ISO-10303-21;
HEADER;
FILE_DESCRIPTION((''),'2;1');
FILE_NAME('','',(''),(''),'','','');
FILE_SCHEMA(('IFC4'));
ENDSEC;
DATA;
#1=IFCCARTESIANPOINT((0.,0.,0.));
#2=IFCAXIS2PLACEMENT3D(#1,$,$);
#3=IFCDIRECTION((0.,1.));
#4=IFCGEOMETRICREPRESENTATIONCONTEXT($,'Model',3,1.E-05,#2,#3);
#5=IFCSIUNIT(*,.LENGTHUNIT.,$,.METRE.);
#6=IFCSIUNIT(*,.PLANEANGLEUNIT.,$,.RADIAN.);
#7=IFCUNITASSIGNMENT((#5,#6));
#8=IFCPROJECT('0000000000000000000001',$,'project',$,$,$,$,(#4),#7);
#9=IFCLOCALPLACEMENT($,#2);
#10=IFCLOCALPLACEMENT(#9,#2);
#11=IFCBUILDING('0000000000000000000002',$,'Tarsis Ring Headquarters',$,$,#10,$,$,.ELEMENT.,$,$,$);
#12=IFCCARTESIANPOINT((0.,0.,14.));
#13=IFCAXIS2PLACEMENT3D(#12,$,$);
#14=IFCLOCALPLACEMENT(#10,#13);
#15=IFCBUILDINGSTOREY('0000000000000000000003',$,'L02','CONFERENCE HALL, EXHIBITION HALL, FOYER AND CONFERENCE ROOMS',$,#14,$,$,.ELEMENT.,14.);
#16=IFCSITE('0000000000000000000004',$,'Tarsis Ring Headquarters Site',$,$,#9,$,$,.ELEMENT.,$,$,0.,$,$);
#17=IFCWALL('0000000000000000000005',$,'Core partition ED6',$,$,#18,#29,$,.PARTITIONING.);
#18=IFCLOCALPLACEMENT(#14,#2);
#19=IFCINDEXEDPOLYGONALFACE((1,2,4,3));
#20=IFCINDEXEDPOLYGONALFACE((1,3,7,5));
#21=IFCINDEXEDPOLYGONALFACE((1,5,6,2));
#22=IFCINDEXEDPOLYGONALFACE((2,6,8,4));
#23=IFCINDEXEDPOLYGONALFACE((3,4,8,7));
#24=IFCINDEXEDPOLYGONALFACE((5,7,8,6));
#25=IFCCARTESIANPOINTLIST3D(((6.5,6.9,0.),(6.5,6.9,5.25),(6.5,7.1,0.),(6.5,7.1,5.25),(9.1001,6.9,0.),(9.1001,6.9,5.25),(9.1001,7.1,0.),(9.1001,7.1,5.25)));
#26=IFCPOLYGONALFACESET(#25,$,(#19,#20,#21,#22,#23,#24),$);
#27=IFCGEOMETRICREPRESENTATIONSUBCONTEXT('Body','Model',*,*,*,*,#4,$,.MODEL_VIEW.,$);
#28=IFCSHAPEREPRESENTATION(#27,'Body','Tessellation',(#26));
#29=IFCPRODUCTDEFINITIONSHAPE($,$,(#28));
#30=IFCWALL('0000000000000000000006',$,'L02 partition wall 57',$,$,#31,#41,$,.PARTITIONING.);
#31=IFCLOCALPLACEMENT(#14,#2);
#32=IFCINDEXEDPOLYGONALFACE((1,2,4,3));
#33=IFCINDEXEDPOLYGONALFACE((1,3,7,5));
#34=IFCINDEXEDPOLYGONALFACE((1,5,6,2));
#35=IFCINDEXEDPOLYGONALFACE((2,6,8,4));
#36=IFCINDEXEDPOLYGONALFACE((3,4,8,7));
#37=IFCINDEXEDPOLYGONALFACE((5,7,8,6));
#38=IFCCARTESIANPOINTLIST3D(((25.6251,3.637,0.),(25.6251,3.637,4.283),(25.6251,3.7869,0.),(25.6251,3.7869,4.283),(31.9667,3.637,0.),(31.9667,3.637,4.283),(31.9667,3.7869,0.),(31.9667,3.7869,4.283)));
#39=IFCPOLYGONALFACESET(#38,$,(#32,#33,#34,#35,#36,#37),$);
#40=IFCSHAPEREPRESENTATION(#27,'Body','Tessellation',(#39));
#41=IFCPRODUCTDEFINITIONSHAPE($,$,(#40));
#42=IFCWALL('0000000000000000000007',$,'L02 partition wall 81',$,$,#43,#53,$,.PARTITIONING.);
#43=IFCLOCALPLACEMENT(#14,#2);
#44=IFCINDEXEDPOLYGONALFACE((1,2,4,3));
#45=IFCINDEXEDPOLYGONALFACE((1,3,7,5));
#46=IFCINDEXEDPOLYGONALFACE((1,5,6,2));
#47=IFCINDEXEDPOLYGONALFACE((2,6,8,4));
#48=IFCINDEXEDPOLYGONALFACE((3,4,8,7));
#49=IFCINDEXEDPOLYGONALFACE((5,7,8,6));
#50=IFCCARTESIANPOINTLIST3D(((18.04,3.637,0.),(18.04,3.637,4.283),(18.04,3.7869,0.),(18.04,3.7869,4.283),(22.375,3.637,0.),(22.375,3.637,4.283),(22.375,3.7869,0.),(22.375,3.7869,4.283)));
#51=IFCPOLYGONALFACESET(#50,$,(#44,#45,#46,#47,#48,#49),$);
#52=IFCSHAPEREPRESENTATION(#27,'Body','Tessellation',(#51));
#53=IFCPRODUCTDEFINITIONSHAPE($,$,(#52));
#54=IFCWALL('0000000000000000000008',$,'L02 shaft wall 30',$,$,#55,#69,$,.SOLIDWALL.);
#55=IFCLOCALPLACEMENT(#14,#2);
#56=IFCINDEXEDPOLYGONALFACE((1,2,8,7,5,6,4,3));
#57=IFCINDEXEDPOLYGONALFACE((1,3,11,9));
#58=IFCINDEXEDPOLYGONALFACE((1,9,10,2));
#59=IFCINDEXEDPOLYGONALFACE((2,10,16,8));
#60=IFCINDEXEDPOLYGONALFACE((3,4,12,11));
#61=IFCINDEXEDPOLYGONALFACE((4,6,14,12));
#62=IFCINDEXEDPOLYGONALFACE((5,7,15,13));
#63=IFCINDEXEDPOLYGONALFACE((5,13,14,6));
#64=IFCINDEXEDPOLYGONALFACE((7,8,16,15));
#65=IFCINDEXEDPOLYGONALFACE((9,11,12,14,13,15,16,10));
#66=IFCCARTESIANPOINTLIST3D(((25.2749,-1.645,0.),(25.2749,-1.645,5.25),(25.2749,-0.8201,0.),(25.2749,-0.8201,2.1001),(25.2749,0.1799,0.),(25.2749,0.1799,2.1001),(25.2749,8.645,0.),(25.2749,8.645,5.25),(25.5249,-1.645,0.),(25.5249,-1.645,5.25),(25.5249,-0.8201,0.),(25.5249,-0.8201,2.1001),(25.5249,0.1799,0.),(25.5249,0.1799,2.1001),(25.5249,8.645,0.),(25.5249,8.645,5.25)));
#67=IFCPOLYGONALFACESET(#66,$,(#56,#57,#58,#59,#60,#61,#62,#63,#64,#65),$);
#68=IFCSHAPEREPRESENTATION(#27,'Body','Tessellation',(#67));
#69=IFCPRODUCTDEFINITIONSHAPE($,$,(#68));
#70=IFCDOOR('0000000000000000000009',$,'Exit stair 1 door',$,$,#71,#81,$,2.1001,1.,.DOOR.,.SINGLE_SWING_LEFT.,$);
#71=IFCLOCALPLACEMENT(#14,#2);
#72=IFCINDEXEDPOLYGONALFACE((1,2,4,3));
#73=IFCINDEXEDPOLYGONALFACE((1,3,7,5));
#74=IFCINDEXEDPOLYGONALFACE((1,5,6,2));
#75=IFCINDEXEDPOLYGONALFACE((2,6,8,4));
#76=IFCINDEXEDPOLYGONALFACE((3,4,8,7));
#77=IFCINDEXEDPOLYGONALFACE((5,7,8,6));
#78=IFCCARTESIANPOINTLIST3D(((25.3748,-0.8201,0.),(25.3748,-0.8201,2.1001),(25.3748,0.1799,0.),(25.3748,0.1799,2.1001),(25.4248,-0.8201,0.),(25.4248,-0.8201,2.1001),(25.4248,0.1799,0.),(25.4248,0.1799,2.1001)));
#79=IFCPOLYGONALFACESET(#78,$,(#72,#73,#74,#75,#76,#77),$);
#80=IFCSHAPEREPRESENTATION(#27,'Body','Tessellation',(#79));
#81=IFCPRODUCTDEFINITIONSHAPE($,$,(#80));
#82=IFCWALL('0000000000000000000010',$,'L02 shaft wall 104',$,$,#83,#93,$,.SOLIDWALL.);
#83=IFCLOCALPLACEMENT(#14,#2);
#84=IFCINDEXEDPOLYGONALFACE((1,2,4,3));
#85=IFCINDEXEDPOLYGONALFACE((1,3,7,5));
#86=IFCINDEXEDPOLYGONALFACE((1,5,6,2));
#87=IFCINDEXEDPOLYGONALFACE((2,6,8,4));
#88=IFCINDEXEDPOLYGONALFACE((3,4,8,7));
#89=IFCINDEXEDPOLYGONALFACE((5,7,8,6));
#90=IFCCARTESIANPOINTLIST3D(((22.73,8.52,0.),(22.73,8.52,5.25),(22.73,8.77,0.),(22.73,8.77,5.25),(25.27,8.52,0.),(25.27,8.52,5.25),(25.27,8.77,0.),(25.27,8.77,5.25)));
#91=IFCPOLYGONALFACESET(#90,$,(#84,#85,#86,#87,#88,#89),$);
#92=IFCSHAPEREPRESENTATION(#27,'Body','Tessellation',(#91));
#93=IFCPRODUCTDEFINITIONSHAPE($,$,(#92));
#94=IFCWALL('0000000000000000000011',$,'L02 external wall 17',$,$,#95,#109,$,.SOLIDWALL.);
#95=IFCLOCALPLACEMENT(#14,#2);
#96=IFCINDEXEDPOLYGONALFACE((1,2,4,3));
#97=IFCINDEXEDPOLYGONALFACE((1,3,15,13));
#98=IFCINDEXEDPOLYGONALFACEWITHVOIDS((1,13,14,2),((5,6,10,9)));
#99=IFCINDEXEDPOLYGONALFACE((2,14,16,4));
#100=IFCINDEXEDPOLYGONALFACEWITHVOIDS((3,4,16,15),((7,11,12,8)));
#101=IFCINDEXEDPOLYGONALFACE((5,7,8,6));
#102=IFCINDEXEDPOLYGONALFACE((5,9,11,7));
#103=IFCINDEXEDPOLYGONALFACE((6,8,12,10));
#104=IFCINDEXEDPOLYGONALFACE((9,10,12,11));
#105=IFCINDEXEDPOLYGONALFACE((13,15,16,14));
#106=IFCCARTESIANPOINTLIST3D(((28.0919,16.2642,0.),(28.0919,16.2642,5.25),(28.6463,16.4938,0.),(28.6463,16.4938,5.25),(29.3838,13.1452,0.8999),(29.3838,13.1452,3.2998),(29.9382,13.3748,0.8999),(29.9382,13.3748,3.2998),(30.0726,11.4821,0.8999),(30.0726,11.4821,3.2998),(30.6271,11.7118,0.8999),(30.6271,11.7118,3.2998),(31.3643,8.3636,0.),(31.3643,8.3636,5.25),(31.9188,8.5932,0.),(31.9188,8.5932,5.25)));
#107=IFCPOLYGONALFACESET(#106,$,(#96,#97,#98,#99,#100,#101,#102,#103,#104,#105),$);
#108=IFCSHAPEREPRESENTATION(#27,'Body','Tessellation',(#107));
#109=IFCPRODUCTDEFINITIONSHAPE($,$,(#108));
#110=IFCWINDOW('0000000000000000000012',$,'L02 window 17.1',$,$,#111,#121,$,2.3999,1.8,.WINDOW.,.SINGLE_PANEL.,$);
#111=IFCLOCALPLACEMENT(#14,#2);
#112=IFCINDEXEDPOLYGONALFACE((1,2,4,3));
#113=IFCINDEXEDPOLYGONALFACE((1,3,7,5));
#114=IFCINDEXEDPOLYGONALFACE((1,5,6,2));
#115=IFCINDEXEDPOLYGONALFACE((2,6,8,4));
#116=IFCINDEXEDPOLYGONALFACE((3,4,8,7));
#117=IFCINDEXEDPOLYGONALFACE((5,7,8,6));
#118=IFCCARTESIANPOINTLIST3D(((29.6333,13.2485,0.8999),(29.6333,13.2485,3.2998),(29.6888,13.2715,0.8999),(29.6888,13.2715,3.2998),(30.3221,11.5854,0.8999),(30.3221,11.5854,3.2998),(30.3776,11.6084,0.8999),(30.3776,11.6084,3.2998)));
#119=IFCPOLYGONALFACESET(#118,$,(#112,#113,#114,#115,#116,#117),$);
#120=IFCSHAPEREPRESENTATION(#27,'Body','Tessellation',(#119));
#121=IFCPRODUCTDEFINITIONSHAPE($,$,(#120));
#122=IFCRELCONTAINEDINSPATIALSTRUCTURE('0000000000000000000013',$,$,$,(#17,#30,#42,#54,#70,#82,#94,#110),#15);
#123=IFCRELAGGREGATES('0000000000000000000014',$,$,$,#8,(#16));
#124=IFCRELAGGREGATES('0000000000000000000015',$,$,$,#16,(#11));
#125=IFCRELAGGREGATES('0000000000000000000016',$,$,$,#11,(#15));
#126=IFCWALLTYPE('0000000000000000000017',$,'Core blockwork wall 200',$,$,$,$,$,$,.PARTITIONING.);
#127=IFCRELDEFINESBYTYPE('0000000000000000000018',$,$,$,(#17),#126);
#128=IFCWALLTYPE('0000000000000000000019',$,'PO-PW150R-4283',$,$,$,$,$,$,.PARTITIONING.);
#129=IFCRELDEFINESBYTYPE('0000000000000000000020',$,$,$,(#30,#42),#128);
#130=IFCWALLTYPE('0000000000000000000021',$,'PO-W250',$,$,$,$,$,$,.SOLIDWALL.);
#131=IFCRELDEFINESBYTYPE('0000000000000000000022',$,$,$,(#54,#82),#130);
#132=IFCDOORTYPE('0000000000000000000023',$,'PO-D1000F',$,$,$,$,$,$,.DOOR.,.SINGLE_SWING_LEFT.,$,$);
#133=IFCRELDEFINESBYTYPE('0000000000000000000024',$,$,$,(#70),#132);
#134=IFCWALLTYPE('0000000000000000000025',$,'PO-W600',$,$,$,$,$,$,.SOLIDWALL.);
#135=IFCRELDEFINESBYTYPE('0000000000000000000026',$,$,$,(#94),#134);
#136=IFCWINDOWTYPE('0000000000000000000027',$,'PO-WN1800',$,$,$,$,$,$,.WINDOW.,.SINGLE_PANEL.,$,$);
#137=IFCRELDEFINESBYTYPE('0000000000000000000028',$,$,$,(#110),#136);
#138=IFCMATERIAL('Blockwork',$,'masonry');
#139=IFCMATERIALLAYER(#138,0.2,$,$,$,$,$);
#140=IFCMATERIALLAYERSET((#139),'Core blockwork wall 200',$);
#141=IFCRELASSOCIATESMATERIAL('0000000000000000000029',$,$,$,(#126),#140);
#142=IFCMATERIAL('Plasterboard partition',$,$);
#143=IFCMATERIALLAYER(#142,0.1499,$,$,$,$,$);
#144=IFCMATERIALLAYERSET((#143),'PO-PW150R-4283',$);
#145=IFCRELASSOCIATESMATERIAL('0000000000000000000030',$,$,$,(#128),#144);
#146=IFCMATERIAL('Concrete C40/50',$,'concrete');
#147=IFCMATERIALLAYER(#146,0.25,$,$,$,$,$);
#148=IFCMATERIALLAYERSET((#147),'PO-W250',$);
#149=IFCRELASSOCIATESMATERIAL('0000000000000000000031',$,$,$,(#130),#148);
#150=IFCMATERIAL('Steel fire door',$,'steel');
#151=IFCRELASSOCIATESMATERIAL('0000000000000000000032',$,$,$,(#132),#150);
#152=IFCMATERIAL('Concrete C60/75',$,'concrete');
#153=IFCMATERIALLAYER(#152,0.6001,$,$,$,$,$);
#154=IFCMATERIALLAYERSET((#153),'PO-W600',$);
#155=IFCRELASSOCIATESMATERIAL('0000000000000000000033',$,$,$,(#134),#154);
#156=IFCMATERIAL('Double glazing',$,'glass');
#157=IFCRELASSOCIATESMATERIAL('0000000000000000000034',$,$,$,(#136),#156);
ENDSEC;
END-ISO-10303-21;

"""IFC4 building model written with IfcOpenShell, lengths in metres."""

from ifc_helpers import new_model, si_unit, direction, frame, frame_2d, origin, place, context, subcontext, project, spatial, rectangle, extrude, material, layer, layer_set, type_object, element, fill, save


model = new_model("IFC4")

# Units and contexts
model_context = context("Model", 3, precision=1e-05, world=origin(), true_north=direction((0.0, 1.0)))
body_context = subcontext(model_context, "Body", "Model", "MODEL_VIEW")
ifc_project = project(units=[si_unit("LENGTHUNIT", "METRE"), si_unit("PLANEANGLEUNIT", "RADIAN")], contexts=[model_context])

# Site, building, storey
site_placement = place(None, origin())
site = spatial("IfcSite", under=ifc_project, at=site_placement, Name="Tarsis Ring Headquarters Site", CompositionType="ELEMENT", RefElevation=0.0)
building_placement = place(site_placement, origin())
building = spatial("IfcBuilding", under=site, at=building_placement, Name="Tarsis Ring Headquarters", CompositionType="ELEMENT")
storey_placement = place(building_placement, frame((0.0, 0.0, 14.0)))
storey = spatial("IfcBuildingStorey", under=building, at=storey_placement, Name="L02", Description="CONFERENCE HALL, EXHIBITION HALL, FOYER AND CONFERENCE ROOMS", CompositionType="ELEMENT", Elevation=14.0)

# Shared definitions
ifc_material_1 = material(Name="Concrete C60/75", Category="concrete")

# Shared definitions
ifc_material_2 = material(Name="Concrete C40/50", Category="concrete")

# Walls
ifc_material_3 = material(Name="Blockwork", Category="masonry")
ifc_layer_1 = layer(ifc_material_3, 0.2)
ifc_layer_set_1 = layer_set([ifc_layer_1], Name="Core blockwork wall 200")
wall_type_1 = type_object("IfcWallType", Name="Core blockwork wall 200", PredefinedType="PARTITIONING", material=ifc_layer_set_1)
wall_1_placement = place(storey_placement, frame((6.5, 7.0, 0.0), z_axis=(0.0, 0.0, 1.0), x_axis=(1.0, 0.0, 0.0)))
element("IfcWall", 1, at=wall_1_placement, inside=storey, type_object=wall_type_1, Name="Core partition ED6", PredefinedType="PARTITIONING", context=body_context, shape_type="SweptSolid", body=[
    extrude(rectangle(XDim=2.6001, YDim=0.2, at=frame_2d((1.3, 0.0))), origin(), (0.0, 0.0, 1.0), 5.25),
])
ifc_material_4 = material(Name="Plasterboard partition")
ifc_layer_2 = layer(ifc_material_4, 0.1499)
ifc_layer_set_2 = layer_set([ifc_layer_2], Name="PO-PW150R-4283")
wall_type_2 = type_object("IfcWallType", Name="PO-PW150R-4283", PredefinedType="PARTITIONING", material=ifc_layer_set_2)
wall_2_placement = place(storey_placement, frame((25.625, 3.7119, 0.0), z_axis=(0.0, 0.0, 1.0), x_axis=(1.0, 0.0, 0.0)))
element("IfcWall", 2, at=wall_2_placement, inside=storey, type_object=wall_type_2, Name="L02 partition wall 57", PredefinedType="PARTITIONING", context=body_context, shape_type="SweptSolid", body=[
    extrude(rectangle(XDim=6.3416, YDim=0.1499, at=frame_2d((3.1709, 0.0))), origin(), (0.0, 0.0, 1.0), 4.283),
])
wall_3_placement = place(storey_placement, frame((18.04, 3.7119, 0.0), z_axis=(0.0, 0.0, 1.0), x_axis=(1.0, 0.0, 0.0)))
element("IfcWall", 3, at=wall_3_placement, inside=storey, type_object=wall_type_2, Name="L02 partition wall 81", PredefinedType="PARTITIONING", context=body_context, shape_type="SweptSolid", body=[
    extrude(rectangle(XDim=4.335, YDim=0.1499, at=frame_2d((2.1675, 0.0))), origin(), (0.0, 0.0, 1.0), 4.283),
])

# Wall, opening, door
ifc_layer_3 = layer(ifc_material_2, 0.25)
ifc_layer_set_3 = layer_set([ifc_layer_3], Name="PO-W250")
wall_type_3 = type_object("IfcWallType", Name="PO-W250", PredefinedType="SOLIDWALL", material=ifc_layer_set_3)
wall_4_placement = place(storey_placement, frame((25.3999, 8.645, 0.0), z_axis=(0.0, 0.0, 1.0), x_axis=(0.0, -1.0, 0.0)))
wall_4 = element("IfcWall", 4, at=wall_4_placement, inside=storey, type_object=wall_type_3, Name="L02 shaft wall 30", PredefinedType="SOLIDWALL", context=body_context, shape_type="SweptSolid", body=[
    extrude(rectangle(XDim=10.29, YDim=0.25, at=frame_2d((5.145, 0.0))), origin(), (0.0, 0.0, 1.0), 5.25),
])
opening_1_placement = place(wall_4_placement, frame((8.4651, 0.0, 0.0)))
opening_1 = element("IfcOpeningElement", 5, at=opening_1_placement, cuts=wall_4, PredefinedType="OPENING", context=body_context, shape_type="SweptSolid", body=[
    extrude(rectangle(XDim=1.0, YDim=2.1001, at=frame_2d((0.5, 1.05))), frame((0.0, 0.135, 0.0), z_axis=(0.0, -1.0, 0.0), x_axis=(1.0, 0.0, 0.0)), (0.0, 0.0, 1.0), 0.27),
])
ifc_material_5 = material(Name="Steel fire door", Category="steel")
door_type = type_object("IfcDoorType", Name="PO-D1000F", OperationType="SINGLE_SWING_LEFT", PredefinedType="DOOR", material=ifc_material_5)
door_placement = place(opening_1_placement, origin())
door = element("IfcDoor", 6, at=door_placement, inside=storey, type_object=door_type, Name="Exit stair 1 door", OperationType="SINGLE_SWING_LEFT", OverallHeight=2.1001, OverallWidth=1.0, PredefinedType="DOOR", context=body_context, shape_type="SweptSolid", body=[
    extrude(rectangle(XDim=1.0, YDim=2.1001, at=frame_2d((0.5, 1.05))), frame((0.0, 0.0249, 0.0), z_axis=(0.0, -1.0, 0.0), x_axis=(1.0, 0.0, 0.0)), (0.0, 0.0, 1.0), 0.05),
])
fill(opening_1, door)

# Wall
wall_5_placement = place(storey_placement, frame((22.73, 8.645, 0.0), z_axis=(0.0, 0.0, 1.0), x_axis=(1.0, 0.0, 0.0)))
element("IfcWall", 7, at=wall_5_placement, inside=storey, type_object=wall_type_3, Name="L02 shaft wall 104", PredefinedType="SOLIDWALL", context=body_context, shape_type="SweptSolid", body=[
    extrude(rectangle(XDim=2.54, YDim=0.25, at=frame_2d((1.27, 0.0))), origin(), (0.0, 0.0, 1.0), 5.25),
])

# Wall, opening, window
ifc_layer_4 = layer(ifc_material_1, 0.6001)
ifc_layer_set_4 = layer_set([ifc_layer_4], Name="PO-W600")
wall_type_4 = type_object("IfcWallType", Name="PO-W600", PredefinedType="SOLIDWALL", material=ifc_layer_set_4)
wall_6_placement = place(storey_placement, frame((31.6416, 8.4783, 0.0), z_axis=(0.0, 0.0, 1.0), x_axis=(-0.382675, 0.923883, 0.0)))
wall_6 = element("IfcWall", 8, at=wall_6_placement, inside=storey, type_object=wall_type_4, Name="L02 external wall 17", PredefinedType="SOLIDWALL", context=body_context, shape_type="SweptSolid", body=[
    extrude(rectangle(XDim=8.5515, YDim=0.6001, at=frame_2d((4.2759, 0.0))), origin(), (0.0, 0.0, 1.0), 5.25),
])
opening_2_placement = place(wall_6_placement, frame((3.3757, 0.0, 0.8999)))
opening_2 = element("IfcOpeningElement", 9, at=opening_2_placement, cuts=wall_6, PredefinedType="OPENING", context=body_context, shape_type="SweptSolid", body=[
    extrude(rectangle(XDim=1.8, YDim=2.3999, at=frame_2d((0.8999, 1.2))), frame((0.0, 0.3101, 0.0), z_axis=(0.0, -1.0, 0.0), x_axis=(1.0, 0.0, 0.0)), (0.0, 0.0, 1.0), 0.6201),
])
ifc_material_6 = material(Name="Double glazing", Category="glass")
window_type = type_object("IfcWindowType", Name="PO-WN1800", PartitioningType="SINGLE_PANEL", PredefinedType="WINDOW", material=ifc_material_6)
window_placement = place(opening_2_placement, origin())
window = element("IfcWindow", 10, at=window_placement, inside=storey, type_object=window_type, Name="L02 window 17.1", OverallHeight=2.3999, OverallWidth=1.8, PartitioningType="SINGLE_PANEL", PredefinedType="WINDOW", context=body_context, shape_type="SweptSolid", body=[
    extrude(rectangle(XDim=1.8, YDim=2.3999, at=frame_2d((0.8999, 1.2))), frame((0.0, 0.03, 0.0), z_axis=(0.0, -1.0, 0.0), x_axis=(1.0, 0.0, 0.0)), (0.0, 0.0, 1.0), 0.0601),
])
fill(opening_2, window)

save(model, "model.ifc")
